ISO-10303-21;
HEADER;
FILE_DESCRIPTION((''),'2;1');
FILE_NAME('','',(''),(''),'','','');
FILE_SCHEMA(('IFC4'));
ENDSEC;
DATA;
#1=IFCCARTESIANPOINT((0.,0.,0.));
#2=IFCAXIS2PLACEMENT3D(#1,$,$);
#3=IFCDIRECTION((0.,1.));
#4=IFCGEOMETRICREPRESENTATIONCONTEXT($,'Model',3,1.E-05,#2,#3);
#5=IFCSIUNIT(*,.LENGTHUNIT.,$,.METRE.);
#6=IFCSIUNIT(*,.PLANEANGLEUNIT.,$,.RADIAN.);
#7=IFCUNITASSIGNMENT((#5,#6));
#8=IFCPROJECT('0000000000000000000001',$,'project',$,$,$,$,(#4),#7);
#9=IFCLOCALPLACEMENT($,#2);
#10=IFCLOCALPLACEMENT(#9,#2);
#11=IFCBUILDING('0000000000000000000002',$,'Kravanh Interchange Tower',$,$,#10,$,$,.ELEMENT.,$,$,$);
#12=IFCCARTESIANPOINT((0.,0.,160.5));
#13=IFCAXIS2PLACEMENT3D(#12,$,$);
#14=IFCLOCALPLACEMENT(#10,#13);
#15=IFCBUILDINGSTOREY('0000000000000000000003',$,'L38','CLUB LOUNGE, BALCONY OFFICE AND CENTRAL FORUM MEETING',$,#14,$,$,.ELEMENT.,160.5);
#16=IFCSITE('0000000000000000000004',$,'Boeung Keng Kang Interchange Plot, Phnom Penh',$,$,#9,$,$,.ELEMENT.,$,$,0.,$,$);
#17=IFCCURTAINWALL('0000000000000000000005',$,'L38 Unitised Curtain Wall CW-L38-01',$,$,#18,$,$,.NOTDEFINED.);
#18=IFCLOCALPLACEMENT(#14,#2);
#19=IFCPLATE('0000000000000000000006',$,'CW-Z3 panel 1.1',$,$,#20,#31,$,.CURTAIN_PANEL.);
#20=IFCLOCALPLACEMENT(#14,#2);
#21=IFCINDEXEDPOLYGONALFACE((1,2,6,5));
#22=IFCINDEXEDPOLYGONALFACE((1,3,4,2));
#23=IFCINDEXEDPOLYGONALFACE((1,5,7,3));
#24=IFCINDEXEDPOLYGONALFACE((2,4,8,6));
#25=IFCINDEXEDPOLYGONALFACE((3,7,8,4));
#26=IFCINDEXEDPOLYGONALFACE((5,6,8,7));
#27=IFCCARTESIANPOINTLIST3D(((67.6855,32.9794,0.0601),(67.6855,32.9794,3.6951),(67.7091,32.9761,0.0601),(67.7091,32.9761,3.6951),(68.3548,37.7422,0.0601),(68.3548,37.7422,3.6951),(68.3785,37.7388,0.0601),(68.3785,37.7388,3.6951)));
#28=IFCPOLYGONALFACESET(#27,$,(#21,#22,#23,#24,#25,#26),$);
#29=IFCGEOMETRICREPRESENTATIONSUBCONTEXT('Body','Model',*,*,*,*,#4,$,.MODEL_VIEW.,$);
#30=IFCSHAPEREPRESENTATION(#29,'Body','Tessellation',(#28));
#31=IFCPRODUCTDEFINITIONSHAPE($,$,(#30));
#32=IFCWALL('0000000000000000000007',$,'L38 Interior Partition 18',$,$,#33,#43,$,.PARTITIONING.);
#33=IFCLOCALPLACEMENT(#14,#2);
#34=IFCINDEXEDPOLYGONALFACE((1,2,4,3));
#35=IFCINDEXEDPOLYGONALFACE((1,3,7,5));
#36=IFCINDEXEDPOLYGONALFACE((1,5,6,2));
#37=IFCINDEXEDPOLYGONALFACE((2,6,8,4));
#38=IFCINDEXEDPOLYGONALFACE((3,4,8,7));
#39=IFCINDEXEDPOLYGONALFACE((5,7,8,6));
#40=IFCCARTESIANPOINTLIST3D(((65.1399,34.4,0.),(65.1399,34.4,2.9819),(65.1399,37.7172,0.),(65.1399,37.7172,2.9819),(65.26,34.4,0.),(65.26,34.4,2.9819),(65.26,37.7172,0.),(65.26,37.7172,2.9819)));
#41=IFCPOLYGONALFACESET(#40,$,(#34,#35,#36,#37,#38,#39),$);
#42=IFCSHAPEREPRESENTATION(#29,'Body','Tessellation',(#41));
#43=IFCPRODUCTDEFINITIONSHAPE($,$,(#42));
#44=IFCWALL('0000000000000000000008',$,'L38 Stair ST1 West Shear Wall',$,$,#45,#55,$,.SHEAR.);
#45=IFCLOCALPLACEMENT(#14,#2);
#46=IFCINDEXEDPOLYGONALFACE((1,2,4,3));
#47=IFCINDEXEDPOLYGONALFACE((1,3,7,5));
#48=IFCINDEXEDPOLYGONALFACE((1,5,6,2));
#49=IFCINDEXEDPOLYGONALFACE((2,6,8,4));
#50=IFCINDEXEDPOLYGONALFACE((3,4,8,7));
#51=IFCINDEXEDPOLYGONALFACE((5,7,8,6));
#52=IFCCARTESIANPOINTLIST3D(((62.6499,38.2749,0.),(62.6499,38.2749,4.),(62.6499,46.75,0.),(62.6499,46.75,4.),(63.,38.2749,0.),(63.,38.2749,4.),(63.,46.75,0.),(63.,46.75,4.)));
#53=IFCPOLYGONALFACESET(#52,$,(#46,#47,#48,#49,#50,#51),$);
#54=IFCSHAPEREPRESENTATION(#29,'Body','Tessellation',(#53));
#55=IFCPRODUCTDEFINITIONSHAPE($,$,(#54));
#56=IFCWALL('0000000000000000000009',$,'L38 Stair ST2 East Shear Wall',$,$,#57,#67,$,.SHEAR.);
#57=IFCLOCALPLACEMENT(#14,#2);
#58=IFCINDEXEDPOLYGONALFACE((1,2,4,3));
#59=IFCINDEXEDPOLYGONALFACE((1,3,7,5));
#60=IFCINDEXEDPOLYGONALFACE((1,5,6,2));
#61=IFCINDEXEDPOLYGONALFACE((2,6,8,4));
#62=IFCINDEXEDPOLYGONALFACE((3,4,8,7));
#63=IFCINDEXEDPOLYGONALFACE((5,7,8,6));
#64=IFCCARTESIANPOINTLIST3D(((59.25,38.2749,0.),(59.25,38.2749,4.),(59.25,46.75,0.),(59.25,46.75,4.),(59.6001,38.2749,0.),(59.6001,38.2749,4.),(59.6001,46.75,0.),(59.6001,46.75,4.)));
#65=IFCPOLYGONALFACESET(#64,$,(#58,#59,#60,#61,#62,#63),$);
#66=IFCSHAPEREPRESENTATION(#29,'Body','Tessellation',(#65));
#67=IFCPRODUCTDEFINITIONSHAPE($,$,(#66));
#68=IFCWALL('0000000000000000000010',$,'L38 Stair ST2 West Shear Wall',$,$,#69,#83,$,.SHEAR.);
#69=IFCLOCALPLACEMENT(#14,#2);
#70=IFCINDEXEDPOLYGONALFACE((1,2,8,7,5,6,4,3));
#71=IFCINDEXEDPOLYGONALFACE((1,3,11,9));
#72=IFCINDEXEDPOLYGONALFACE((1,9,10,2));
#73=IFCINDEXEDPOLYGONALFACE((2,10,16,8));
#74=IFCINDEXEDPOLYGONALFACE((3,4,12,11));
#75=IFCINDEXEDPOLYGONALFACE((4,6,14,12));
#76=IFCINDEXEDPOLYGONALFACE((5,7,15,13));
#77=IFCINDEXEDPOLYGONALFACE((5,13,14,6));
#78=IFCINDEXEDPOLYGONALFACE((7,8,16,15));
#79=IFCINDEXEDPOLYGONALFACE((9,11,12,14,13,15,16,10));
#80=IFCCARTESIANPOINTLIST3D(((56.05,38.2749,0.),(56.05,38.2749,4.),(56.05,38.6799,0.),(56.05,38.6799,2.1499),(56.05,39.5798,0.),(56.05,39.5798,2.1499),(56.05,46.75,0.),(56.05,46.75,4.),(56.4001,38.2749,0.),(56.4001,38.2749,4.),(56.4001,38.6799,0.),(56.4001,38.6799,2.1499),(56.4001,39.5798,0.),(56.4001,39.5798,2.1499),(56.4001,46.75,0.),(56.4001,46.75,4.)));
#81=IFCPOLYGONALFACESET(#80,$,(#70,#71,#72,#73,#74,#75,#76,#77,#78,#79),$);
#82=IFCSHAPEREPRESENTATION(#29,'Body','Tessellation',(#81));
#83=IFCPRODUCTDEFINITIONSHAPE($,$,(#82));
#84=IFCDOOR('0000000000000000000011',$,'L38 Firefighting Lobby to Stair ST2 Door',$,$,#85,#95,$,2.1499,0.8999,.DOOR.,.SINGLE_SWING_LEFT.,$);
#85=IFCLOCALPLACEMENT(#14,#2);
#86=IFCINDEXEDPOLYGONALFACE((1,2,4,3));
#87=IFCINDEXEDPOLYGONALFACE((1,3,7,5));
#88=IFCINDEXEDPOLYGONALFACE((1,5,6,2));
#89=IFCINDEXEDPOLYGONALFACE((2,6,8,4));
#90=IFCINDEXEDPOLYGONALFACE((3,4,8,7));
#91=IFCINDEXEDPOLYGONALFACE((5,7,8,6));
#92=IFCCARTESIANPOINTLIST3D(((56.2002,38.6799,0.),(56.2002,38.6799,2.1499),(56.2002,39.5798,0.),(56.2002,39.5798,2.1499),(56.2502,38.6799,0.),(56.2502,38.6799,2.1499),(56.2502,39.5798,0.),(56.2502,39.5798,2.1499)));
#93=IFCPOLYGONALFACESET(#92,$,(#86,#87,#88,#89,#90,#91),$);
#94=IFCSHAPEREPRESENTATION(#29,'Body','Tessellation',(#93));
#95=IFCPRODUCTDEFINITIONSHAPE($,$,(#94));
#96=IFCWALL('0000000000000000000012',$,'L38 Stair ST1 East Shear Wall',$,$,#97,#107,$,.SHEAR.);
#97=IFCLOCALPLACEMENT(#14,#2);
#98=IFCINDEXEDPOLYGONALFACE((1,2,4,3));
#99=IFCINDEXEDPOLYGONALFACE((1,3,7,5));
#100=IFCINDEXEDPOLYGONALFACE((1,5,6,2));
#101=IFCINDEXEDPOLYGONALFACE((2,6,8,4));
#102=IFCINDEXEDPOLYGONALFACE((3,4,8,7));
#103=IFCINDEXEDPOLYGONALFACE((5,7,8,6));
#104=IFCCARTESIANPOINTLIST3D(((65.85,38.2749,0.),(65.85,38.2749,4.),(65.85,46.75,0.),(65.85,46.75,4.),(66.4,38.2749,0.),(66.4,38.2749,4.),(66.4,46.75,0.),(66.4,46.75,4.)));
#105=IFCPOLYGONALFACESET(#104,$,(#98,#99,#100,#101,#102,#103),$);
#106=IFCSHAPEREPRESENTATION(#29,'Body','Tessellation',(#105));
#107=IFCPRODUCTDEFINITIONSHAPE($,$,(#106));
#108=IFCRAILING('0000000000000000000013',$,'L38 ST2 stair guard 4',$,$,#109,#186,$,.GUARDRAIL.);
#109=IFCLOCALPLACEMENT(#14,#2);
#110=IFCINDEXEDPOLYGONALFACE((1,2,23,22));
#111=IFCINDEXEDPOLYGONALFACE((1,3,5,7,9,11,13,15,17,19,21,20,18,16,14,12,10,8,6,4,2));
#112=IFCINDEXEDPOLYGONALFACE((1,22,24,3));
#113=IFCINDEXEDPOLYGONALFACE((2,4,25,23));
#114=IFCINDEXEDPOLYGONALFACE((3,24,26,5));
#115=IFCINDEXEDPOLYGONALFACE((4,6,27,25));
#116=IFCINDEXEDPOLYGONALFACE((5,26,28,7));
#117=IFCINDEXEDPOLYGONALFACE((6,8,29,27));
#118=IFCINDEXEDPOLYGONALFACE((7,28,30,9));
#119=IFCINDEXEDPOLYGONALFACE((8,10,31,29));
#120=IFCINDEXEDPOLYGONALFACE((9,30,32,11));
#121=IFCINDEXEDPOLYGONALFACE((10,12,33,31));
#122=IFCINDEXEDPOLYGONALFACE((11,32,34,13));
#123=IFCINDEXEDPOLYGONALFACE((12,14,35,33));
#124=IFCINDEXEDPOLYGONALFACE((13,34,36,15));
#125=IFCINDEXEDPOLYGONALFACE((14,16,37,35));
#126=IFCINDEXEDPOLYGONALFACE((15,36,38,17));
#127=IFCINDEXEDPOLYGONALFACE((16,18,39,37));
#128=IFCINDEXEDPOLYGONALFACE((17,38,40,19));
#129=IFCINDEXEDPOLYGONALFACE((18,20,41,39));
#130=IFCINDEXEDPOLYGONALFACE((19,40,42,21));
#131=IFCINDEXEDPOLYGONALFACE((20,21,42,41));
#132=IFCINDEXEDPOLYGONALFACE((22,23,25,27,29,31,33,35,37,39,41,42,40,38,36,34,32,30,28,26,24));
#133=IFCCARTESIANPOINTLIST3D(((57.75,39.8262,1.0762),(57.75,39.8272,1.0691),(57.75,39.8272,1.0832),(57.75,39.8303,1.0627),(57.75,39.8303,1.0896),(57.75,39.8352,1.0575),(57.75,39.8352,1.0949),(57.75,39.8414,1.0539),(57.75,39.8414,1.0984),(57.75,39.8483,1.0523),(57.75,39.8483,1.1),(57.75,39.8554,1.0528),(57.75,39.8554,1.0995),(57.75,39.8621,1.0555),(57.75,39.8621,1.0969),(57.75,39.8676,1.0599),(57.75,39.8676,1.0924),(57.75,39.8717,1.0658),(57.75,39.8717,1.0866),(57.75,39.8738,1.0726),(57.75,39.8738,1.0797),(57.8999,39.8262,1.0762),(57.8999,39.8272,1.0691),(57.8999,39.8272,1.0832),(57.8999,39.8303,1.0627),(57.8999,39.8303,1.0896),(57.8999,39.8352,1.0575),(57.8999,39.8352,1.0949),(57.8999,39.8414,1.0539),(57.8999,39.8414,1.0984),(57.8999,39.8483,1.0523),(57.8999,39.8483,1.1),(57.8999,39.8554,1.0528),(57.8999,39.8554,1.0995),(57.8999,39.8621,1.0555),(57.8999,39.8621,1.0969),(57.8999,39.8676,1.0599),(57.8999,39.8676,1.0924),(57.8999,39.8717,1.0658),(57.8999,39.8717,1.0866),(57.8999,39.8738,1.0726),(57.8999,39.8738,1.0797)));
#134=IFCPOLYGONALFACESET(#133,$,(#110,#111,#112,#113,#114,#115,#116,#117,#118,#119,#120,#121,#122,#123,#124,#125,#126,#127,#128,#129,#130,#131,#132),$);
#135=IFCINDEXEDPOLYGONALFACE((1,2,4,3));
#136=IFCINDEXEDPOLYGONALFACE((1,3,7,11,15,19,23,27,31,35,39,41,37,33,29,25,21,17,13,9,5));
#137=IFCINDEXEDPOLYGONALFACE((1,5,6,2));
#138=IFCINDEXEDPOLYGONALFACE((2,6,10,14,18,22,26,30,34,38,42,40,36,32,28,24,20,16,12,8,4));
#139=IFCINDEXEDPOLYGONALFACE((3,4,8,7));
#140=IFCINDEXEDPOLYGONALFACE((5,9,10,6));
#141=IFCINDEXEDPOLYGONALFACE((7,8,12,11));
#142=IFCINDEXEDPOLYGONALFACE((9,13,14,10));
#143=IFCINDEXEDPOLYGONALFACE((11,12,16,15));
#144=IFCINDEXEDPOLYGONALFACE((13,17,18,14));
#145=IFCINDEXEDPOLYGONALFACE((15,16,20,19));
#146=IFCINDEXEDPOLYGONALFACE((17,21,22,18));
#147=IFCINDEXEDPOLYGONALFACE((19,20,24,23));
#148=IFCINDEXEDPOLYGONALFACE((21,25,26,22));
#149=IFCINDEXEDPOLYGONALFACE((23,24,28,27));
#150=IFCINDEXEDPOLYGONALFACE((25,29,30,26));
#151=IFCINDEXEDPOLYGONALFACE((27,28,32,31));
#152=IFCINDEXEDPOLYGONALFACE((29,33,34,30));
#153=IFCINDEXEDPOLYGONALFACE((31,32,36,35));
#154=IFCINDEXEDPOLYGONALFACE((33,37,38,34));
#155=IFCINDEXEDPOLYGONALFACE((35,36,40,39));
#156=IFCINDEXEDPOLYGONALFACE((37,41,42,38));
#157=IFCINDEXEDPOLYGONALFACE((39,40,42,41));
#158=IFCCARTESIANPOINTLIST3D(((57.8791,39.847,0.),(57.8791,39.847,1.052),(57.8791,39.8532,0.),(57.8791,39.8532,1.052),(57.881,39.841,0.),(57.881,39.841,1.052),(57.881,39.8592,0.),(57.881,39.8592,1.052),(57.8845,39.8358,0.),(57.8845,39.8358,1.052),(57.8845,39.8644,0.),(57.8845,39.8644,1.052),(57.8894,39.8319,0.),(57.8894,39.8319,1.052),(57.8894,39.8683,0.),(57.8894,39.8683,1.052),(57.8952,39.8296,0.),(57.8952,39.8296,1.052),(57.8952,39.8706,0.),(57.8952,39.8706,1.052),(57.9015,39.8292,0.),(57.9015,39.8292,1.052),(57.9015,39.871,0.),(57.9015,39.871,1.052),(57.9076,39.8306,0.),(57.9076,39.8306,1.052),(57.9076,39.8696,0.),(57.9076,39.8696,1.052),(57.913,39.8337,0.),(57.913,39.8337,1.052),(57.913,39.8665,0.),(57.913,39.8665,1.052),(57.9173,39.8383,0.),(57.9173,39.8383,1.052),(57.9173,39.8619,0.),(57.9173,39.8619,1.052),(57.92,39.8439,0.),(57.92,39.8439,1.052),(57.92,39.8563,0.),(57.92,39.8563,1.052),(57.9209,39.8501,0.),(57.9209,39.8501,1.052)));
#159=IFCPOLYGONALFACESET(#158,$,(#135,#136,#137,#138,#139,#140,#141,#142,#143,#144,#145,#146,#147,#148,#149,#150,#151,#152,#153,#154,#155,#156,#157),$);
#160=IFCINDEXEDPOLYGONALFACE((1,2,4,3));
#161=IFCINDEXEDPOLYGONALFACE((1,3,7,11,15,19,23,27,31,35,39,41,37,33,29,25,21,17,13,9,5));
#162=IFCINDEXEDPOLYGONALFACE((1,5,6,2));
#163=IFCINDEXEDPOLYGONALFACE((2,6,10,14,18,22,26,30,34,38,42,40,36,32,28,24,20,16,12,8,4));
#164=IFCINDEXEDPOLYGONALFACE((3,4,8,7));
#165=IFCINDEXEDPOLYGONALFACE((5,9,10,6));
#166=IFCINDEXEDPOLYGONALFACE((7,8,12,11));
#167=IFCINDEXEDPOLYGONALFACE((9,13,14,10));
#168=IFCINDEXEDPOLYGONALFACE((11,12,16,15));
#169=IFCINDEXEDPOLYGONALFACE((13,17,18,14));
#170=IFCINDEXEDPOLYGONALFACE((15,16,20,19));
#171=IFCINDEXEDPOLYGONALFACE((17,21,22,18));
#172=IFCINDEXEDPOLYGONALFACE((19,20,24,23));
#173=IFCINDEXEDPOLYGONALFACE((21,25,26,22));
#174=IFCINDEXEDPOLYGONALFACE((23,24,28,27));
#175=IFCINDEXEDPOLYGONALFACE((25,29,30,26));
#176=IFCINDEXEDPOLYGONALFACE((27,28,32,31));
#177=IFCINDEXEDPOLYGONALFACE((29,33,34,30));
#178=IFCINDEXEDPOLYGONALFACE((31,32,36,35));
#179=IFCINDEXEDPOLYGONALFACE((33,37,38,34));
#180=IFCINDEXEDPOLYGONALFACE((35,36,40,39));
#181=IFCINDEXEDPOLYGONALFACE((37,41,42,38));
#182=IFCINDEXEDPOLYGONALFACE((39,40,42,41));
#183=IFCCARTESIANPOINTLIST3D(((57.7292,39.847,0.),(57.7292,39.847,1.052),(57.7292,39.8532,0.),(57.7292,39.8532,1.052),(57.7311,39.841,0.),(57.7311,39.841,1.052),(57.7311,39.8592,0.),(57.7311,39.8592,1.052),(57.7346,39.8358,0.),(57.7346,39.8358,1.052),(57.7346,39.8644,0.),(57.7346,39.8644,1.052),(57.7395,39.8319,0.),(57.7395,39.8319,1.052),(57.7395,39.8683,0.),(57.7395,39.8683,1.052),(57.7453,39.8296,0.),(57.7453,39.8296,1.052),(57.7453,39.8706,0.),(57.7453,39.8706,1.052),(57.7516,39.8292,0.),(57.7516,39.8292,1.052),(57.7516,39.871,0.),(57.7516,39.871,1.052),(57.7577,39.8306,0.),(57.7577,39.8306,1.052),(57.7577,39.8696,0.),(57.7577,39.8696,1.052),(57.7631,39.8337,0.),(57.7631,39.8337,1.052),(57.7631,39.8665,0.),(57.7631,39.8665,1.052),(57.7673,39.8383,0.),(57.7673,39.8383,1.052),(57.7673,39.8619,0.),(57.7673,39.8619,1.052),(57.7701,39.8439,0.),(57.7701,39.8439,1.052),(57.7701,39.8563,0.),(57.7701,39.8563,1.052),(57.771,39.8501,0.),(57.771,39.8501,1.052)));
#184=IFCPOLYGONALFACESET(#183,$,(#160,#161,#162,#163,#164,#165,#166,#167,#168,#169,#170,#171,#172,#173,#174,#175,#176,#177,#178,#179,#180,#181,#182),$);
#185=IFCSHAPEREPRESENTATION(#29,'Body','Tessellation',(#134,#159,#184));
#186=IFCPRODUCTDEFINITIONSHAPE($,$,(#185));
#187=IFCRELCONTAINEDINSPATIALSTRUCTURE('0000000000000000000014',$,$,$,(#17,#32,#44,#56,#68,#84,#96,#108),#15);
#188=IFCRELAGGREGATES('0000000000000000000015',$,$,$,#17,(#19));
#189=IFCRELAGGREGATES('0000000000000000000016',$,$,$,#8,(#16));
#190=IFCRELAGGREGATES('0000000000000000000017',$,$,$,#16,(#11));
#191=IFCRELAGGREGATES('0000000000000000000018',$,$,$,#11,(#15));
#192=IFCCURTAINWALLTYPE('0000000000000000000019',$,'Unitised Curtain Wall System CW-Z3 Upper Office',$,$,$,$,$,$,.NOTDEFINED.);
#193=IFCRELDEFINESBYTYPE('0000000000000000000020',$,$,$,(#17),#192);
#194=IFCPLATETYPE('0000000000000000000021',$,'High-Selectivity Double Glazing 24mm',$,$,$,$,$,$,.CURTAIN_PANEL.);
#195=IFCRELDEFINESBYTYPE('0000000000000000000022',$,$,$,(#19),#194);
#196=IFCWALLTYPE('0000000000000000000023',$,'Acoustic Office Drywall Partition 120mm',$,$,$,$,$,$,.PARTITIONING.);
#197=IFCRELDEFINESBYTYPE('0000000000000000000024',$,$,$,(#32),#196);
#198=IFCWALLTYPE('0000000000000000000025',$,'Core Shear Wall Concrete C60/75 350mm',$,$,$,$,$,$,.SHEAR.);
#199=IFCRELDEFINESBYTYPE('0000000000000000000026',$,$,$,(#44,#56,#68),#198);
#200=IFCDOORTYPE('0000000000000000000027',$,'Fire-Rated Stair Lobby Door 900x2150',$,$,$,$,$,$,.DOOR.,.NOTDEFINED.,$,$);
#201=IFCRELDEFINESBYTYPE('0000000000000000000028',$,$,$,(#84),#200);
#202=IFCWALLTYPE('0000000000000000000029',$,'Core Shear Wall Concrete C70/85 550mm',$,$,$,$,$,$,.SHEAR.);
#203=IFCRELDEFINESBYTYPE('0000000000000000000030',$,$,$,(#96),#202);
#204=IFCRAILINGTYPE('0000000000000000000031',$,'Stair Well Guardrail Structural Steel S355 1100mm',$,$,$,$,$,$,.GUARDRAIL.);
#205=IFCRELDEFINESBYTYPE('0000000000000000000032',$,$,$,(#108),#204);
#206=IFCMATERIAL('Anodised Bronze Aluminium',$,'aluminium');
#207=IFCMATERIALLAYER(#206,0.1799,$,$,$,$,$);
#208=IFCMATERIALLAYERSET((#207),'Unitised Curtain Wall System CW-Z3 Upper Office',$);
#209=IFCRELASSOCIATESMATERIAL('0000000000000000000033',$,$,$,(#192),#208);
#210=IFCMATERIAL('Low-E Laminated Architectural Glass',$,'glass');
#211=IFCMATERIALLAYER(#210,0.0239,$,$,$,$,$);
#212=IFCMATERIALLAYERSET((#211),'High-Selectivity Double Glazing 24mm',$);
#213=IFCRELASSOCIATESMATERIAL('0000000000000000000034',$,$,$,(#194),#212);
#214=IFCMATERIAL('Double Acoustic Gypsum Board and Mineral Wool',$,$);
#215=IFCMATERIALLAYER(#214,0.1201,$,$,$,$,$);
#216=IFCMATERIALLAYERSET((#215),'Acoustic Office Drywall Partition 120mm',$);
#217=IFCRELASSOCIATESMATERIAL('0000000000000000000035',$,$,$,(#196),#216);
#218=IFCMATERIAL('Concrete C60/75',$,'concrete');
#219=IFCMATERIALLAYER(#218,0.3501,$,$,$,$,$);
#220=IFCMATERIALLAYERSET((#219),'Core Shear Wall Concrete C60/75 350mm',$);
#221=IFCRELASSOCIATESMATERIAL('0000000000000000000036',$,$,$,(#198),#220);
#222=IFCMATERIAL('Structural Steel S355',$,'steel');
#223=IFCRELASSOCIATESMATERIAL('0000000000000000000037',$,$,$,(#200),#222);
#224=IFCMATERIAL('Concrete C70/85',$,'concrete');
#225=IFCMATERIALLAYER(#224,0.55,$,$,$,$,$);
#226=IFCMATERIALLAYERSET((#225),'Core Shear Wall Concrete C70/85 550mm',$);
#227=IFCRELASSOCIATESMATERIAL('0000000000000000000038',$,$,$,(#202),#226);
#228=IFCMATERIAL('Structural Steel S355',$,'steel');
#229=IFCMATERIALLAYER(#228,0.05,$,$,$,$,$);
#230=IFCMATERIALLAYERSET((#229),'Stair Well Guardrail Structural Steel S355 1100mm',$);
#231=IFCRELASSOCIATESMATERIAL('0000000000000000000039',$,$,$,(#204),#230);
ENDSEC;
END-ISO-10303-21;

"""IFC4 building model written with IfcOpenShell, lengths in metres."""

from ifc_helpers import new_model, si_unit, direction, frame, frame_2d, origin, origin_2d, place, context, subcontext, project, spatial, rectangle, circle, extrude, material, layer, layer_set, type_object, element, fill, aggregate, save


model = new_model("IFC4")

# Units and contexts
model_context = context("Model", 3, precision=1e-05, world=origin(), true_north=direction((0.0, 1.0)))
body_context = subcontext(model_context, "Body", "Model", "MODEL_VIEW")
ifc_project = project(units=[si_unit("LENGTHUNIT", "METRE"), si_unit("PLANEANGLEUNIT", "RADIAN")], contexts=[model_context])

# Site, building, storey
site_placement = place(None, origin())
site = spatial("IfcSite", under=ifc_project, at=site_placement, Name="Boeung Keng Kang Interchange Plot, Phnom Penh", CompositionType="ELEMENT", RefElevation=0.0)
building_placement = place(site_placement, origin())
building = spatial("IfcBuilding", under=site, at=building_placement, Name="Kravanh Interchange Tower", CompositionType="ELEMENT")
storey_placement = place(building_placement, frame((0.0, 0.0, 160.5)))
storey = spatial("IfcBuildingStorey", under=building, at=storey_placement, Name="L38", Description="CLUB LOUNGE, BALCONY OFFICE AND CENTRAL FORUM MEETING", CompositionType="ELEMENT", Elevation=160.5)

# Curtain wall
ifc_material_1 = material(Name="Anodised Bronze Aluminium", Category="aluminium")
ifc_layer_1 = layer(ifc_material_1, 0.1799)
ifc_layer_set_1 = layer_set([ifc_layer_1], Name="Unitised Curtain Wall System CW-Z3 Upper Office")
curtain_wall_type = type_object("IfcCurtainWallType", Name="Unitised Curtain Wall System CW-Z3 Upper Office", PredefinedType="NOTDEFINED", material=ifc_layer_set_1)
curtain_wall_placement = place(storey_placement, origin())
curtain_wall = element("IfcCurtainWall", 1, at=curtain_wall_placement, inside=storey, type_object=curtain_wall_type, Name="L38 Unitised Curtain Wall CW-L38-01", PredefinedType="NOTDEFINED")

# Plate
ifc_material_2 = material(Name="Low-E Laminated Architectural Glass", Category="glass")
ifc_layer_2 = layer(ifc_material_2, 0.0239)
ifc_layer_set_2 = layer_set([ifc_layer_2], Name="High-Selectivity Double Glazing 24mm")
plate_type = type_object("IfcPlateType", Name="High-Selectivity Double Glazing 24mm", PredefinedType="CURTAIN_PANEL", material=ifc_layer_set_2)
plate_placement = place(storey_placement, frame((68.032, 35.3591, 0.0601), z_axis=(0.0, 0.0, 1.0), x_axis=(-0.139172, -0.990268, 0.0)))
plate = element("IfcPlate", 2, at=plate_placement, type_object=plate_type, Name="CW-Z3 panel 1.1", PredefinedType="CURTAIN_PANEL", context=body_context, shape_type="SweptSolid", body=[
    extrude(rectangle(XDim=4.8096, YDim=0.0239, at=origin_2d()), origin(), (0.0, 0.0, 1.0), 3.635),
])
aggregate(curtain_wall, [plate])

# Walls
ifc_material_3 = material(Name="Double Acoustic Gypsum Board and Mineral Wool")
ifc_layer_3 = layer(ifc_material_3, 0.1201)
ifc_layer_set_3 = layer_set([ifc_layer_3], Name="Acoustic Office Drywall Partition 120mm")
wall_type_1 = type_object("IfcWallType", Name="Acoustic Office Drywall Partition 120mm", PredefinedType="PARTITIONING", material=ifc_layer_set_3)
wall_1_placement = place(storey_placement, frame((65.2, 34.3999, 0.0), z_axis=(0.0, 0.0, 1.0), x_axis=(0.0, 1.0, 0.0)))
element("IfcWall", 3, at=wall_1_placement, inside=storey, type_object=wall_type_1, Name="L38 Interior Partition 18", PredefinedType="PARTITIONING", context=body_context, shape_type="SweptSolid", body=[
    extrude(rectangle(XDim=3.3171, YDim=0.1201, at=frame_2d((1.6587, 0.0))), origin(), (0.0, 0.0, 1.0), 2.9819),
])
ifc_material_4 = material(Name="Concrete C60/75", Category="concrete")
ifc_layer_4 = layer(ifc_material_4, 0.3501)
ifc_layer_set_4 = layer_set([ifc_layer_4], Name="Core Shear Wall Concrete C60/75 350mm")
wall_type_2 = type_object("IfcWallType", Name="Core Shear Wall Concrete C60/75 350mm", PredefinedType="SHEAR", material=ifc_layer_set_4)
for number, where, z_axis, x_axis, name in (
    (4, (62.825, 38.2749, 0.0), (0.0, 0.0, 1.0), (0.0, 1.0, 0.0), "L38 Stair ST1 West Shear Wall"),
    (5, (59.425, 38.2749, 0.0), (0.0, 0.0, 1.0), (0.0, 1.0, 0.0), "L38 Stair ST2 East Shear Wall"),
):
    element("IfcWall", number, at=place(storey_placement, frame(where, z_axis=z_axis, x_axis=x_axis)), inside=storey, type_object=wall_type_2, Name=name, PredefinedType="SHEAR", context=body_context, shape_type="SweptSolid", body=[
        extrude(rectangle(XDim=8.4751, YDim=0.3501, at=frame_2d((4.2375, 0.0))), origin(), (0.0, 0.0, 1.0), 4.0),
    ])

# Wall, opening, door
wall_2_placement = place(storey_placement, frame((56.2251, 38.2749, 0.0), z_axis=(0.0, 0.0, 1.0), x_axis=(0.0, 1.0, 0.0)))
wall_2 = element("IfcWall", 6, at=wall_2_placement, inside=storey, type_object=wall_type_2, Name="L38 Stair ST2 West Shear Wall", PredefinedType="SHEAR", context=body_context, shape_type="SweptSolid", body=[
    extrude(rectangle(XDim=8.4751, YDim=0.3501, at=frame_2d((4.2375, 0.0))), origin(), (0.0, 0.0, 1.0), 4.0),
])
opening_placement = place(wall_2_placement, frame((0.405, 0.0, 0.0)))
opening = element("IfcOpeningElement", 7, at=opening_placement, cuts=wall_2, PredefinedType="OPENING", context=body_context, shape_type="SweptSolid", body=[
    extrude(rectangle(XDim=0.8999, YDim=2.1499, at=frame_2d((0.45, 1.075))), frame((0.0, 0.1851, 0.0), z_axis=(0.0, -1.0, 0.0), x_axis=(1.0, 0.0, 0.0)), (0.0, 0.0, 1.0), 0.3701),
])
ifc_material_5 = material(Name="Structural Steel S355", Category="steel")
door_type = type_object("IfcDoorType", Name="Fire-Rated Stair Lobby Door 900x2150", OperationType="NOTDEFINED", PredefinedType="DOOR", material=ifc_material_5)
door_placement = place(opening_placement, origin())
door = element("IfcDoor", 8, at=door_placement, inside=storey, type_object=door_type, Name="L38 Firefighting Lobby to Stair ST2 Door", OperationType="SINGLE_SWING_LEFT", OverallHeight=2.1499, OverallWidth=0.8999, PredefinedType="DOOR", context=body_context, shape_type="SweptSolid", body=[
    extrude(rectangle(XDim=0.8999, YDim=2.1499, at=frame_2d((0.45, 1.075))), frame((0.0, 0.0249, 0.0), z_axis=(0.0, -1.0, 0.0), x_axis=(1.0, 0.0, 0.0)), (0.0, 0.0, 1.0), 0.05),
])
fill(opening, door)

# Wall
ifc_material_6 = material(Name="Concrete C70/85", Category="concrete")
ifc_layer_5 = layer(ifc_material_6, 0.55)
ifc_layer_set_5 = layer_set([ifc_layer_5], Name="Core Shear Wall Concrete C70/85 550mm")
wall_type_3 = type_object("IfcWallType", Name="Core Shear Wall Concrete C70/85 550mm", PredefinedType="SHEAR", material=ifc_layer_set_5)
wall_3_placement = place(storey_placement, frame((66.125, 38.2749, 0.0), z_axis=(0.0, 0.0, 1.0), x_axis=(0.0, 1.0, 0.0)))
element("IfcWall", 9, at=wall_3_placement, inside=storey, type_object=wall_type_3, Name="L38 Stair ST1 East Shear Wall", PredefinedType="SHEAR", context=body_context, shape_type="SweptSolid", body=[
    extrude(rectangle(XDim=8.4751, YDim=0.55, at=frame_2d((4.2375, 0.0))), origin(), (0.0, 0.0, 1.0), 4.0),
])

# Railing
ifc_material_7 = material(Name="Structural Steel S355", Category="steel")
ifc_layer_6 = layer(ifc_material_7, 0.05)
ifc_layer_set_6 = layer_set([ifc_layer_6], Name="Stair Well Guardrail Structural Steel S355 1100mm")
railing_type = type_object("IfcRailingType", Name="Stair Well Guardrail Structural Steel S355 1100mm", PredefinedType="GUARDRAIL", material=ifc_layer_set_6)
railing_placement = place(storey_placement, frame((57.8999, 39.8501, 0.0)))
element("IfcRailing", 10, at=railing_placement, inside=storey, type_object=railing_type, Name="L38 ST2 stair guard 4", PredefinedType="GUARDRAIL", context=body_context, shape_type="SweptSolid", body=[
    extrude(circle(Radius=0.0239, at=origin_2d()), frame((0.0, 0.0, 1.0762), z_axis=(-1.0, 0.0, 0.0), x_axis=(0.0, -1.0, 0.0)), (0.0, 0.0, 1.0), 0.1499),
    extrude(circle(Radius=0.021, at=origin_2d()), origin(), (0.0, 0.0, 1.0), 1.052),
    extrude(circle(Radius=0.021, at=origin_2d()), frame((-0.1499, 0.0, 0.0)), (0.0, 0.0, 1.0), 1.052),
])

save(model, "model.ifc")
